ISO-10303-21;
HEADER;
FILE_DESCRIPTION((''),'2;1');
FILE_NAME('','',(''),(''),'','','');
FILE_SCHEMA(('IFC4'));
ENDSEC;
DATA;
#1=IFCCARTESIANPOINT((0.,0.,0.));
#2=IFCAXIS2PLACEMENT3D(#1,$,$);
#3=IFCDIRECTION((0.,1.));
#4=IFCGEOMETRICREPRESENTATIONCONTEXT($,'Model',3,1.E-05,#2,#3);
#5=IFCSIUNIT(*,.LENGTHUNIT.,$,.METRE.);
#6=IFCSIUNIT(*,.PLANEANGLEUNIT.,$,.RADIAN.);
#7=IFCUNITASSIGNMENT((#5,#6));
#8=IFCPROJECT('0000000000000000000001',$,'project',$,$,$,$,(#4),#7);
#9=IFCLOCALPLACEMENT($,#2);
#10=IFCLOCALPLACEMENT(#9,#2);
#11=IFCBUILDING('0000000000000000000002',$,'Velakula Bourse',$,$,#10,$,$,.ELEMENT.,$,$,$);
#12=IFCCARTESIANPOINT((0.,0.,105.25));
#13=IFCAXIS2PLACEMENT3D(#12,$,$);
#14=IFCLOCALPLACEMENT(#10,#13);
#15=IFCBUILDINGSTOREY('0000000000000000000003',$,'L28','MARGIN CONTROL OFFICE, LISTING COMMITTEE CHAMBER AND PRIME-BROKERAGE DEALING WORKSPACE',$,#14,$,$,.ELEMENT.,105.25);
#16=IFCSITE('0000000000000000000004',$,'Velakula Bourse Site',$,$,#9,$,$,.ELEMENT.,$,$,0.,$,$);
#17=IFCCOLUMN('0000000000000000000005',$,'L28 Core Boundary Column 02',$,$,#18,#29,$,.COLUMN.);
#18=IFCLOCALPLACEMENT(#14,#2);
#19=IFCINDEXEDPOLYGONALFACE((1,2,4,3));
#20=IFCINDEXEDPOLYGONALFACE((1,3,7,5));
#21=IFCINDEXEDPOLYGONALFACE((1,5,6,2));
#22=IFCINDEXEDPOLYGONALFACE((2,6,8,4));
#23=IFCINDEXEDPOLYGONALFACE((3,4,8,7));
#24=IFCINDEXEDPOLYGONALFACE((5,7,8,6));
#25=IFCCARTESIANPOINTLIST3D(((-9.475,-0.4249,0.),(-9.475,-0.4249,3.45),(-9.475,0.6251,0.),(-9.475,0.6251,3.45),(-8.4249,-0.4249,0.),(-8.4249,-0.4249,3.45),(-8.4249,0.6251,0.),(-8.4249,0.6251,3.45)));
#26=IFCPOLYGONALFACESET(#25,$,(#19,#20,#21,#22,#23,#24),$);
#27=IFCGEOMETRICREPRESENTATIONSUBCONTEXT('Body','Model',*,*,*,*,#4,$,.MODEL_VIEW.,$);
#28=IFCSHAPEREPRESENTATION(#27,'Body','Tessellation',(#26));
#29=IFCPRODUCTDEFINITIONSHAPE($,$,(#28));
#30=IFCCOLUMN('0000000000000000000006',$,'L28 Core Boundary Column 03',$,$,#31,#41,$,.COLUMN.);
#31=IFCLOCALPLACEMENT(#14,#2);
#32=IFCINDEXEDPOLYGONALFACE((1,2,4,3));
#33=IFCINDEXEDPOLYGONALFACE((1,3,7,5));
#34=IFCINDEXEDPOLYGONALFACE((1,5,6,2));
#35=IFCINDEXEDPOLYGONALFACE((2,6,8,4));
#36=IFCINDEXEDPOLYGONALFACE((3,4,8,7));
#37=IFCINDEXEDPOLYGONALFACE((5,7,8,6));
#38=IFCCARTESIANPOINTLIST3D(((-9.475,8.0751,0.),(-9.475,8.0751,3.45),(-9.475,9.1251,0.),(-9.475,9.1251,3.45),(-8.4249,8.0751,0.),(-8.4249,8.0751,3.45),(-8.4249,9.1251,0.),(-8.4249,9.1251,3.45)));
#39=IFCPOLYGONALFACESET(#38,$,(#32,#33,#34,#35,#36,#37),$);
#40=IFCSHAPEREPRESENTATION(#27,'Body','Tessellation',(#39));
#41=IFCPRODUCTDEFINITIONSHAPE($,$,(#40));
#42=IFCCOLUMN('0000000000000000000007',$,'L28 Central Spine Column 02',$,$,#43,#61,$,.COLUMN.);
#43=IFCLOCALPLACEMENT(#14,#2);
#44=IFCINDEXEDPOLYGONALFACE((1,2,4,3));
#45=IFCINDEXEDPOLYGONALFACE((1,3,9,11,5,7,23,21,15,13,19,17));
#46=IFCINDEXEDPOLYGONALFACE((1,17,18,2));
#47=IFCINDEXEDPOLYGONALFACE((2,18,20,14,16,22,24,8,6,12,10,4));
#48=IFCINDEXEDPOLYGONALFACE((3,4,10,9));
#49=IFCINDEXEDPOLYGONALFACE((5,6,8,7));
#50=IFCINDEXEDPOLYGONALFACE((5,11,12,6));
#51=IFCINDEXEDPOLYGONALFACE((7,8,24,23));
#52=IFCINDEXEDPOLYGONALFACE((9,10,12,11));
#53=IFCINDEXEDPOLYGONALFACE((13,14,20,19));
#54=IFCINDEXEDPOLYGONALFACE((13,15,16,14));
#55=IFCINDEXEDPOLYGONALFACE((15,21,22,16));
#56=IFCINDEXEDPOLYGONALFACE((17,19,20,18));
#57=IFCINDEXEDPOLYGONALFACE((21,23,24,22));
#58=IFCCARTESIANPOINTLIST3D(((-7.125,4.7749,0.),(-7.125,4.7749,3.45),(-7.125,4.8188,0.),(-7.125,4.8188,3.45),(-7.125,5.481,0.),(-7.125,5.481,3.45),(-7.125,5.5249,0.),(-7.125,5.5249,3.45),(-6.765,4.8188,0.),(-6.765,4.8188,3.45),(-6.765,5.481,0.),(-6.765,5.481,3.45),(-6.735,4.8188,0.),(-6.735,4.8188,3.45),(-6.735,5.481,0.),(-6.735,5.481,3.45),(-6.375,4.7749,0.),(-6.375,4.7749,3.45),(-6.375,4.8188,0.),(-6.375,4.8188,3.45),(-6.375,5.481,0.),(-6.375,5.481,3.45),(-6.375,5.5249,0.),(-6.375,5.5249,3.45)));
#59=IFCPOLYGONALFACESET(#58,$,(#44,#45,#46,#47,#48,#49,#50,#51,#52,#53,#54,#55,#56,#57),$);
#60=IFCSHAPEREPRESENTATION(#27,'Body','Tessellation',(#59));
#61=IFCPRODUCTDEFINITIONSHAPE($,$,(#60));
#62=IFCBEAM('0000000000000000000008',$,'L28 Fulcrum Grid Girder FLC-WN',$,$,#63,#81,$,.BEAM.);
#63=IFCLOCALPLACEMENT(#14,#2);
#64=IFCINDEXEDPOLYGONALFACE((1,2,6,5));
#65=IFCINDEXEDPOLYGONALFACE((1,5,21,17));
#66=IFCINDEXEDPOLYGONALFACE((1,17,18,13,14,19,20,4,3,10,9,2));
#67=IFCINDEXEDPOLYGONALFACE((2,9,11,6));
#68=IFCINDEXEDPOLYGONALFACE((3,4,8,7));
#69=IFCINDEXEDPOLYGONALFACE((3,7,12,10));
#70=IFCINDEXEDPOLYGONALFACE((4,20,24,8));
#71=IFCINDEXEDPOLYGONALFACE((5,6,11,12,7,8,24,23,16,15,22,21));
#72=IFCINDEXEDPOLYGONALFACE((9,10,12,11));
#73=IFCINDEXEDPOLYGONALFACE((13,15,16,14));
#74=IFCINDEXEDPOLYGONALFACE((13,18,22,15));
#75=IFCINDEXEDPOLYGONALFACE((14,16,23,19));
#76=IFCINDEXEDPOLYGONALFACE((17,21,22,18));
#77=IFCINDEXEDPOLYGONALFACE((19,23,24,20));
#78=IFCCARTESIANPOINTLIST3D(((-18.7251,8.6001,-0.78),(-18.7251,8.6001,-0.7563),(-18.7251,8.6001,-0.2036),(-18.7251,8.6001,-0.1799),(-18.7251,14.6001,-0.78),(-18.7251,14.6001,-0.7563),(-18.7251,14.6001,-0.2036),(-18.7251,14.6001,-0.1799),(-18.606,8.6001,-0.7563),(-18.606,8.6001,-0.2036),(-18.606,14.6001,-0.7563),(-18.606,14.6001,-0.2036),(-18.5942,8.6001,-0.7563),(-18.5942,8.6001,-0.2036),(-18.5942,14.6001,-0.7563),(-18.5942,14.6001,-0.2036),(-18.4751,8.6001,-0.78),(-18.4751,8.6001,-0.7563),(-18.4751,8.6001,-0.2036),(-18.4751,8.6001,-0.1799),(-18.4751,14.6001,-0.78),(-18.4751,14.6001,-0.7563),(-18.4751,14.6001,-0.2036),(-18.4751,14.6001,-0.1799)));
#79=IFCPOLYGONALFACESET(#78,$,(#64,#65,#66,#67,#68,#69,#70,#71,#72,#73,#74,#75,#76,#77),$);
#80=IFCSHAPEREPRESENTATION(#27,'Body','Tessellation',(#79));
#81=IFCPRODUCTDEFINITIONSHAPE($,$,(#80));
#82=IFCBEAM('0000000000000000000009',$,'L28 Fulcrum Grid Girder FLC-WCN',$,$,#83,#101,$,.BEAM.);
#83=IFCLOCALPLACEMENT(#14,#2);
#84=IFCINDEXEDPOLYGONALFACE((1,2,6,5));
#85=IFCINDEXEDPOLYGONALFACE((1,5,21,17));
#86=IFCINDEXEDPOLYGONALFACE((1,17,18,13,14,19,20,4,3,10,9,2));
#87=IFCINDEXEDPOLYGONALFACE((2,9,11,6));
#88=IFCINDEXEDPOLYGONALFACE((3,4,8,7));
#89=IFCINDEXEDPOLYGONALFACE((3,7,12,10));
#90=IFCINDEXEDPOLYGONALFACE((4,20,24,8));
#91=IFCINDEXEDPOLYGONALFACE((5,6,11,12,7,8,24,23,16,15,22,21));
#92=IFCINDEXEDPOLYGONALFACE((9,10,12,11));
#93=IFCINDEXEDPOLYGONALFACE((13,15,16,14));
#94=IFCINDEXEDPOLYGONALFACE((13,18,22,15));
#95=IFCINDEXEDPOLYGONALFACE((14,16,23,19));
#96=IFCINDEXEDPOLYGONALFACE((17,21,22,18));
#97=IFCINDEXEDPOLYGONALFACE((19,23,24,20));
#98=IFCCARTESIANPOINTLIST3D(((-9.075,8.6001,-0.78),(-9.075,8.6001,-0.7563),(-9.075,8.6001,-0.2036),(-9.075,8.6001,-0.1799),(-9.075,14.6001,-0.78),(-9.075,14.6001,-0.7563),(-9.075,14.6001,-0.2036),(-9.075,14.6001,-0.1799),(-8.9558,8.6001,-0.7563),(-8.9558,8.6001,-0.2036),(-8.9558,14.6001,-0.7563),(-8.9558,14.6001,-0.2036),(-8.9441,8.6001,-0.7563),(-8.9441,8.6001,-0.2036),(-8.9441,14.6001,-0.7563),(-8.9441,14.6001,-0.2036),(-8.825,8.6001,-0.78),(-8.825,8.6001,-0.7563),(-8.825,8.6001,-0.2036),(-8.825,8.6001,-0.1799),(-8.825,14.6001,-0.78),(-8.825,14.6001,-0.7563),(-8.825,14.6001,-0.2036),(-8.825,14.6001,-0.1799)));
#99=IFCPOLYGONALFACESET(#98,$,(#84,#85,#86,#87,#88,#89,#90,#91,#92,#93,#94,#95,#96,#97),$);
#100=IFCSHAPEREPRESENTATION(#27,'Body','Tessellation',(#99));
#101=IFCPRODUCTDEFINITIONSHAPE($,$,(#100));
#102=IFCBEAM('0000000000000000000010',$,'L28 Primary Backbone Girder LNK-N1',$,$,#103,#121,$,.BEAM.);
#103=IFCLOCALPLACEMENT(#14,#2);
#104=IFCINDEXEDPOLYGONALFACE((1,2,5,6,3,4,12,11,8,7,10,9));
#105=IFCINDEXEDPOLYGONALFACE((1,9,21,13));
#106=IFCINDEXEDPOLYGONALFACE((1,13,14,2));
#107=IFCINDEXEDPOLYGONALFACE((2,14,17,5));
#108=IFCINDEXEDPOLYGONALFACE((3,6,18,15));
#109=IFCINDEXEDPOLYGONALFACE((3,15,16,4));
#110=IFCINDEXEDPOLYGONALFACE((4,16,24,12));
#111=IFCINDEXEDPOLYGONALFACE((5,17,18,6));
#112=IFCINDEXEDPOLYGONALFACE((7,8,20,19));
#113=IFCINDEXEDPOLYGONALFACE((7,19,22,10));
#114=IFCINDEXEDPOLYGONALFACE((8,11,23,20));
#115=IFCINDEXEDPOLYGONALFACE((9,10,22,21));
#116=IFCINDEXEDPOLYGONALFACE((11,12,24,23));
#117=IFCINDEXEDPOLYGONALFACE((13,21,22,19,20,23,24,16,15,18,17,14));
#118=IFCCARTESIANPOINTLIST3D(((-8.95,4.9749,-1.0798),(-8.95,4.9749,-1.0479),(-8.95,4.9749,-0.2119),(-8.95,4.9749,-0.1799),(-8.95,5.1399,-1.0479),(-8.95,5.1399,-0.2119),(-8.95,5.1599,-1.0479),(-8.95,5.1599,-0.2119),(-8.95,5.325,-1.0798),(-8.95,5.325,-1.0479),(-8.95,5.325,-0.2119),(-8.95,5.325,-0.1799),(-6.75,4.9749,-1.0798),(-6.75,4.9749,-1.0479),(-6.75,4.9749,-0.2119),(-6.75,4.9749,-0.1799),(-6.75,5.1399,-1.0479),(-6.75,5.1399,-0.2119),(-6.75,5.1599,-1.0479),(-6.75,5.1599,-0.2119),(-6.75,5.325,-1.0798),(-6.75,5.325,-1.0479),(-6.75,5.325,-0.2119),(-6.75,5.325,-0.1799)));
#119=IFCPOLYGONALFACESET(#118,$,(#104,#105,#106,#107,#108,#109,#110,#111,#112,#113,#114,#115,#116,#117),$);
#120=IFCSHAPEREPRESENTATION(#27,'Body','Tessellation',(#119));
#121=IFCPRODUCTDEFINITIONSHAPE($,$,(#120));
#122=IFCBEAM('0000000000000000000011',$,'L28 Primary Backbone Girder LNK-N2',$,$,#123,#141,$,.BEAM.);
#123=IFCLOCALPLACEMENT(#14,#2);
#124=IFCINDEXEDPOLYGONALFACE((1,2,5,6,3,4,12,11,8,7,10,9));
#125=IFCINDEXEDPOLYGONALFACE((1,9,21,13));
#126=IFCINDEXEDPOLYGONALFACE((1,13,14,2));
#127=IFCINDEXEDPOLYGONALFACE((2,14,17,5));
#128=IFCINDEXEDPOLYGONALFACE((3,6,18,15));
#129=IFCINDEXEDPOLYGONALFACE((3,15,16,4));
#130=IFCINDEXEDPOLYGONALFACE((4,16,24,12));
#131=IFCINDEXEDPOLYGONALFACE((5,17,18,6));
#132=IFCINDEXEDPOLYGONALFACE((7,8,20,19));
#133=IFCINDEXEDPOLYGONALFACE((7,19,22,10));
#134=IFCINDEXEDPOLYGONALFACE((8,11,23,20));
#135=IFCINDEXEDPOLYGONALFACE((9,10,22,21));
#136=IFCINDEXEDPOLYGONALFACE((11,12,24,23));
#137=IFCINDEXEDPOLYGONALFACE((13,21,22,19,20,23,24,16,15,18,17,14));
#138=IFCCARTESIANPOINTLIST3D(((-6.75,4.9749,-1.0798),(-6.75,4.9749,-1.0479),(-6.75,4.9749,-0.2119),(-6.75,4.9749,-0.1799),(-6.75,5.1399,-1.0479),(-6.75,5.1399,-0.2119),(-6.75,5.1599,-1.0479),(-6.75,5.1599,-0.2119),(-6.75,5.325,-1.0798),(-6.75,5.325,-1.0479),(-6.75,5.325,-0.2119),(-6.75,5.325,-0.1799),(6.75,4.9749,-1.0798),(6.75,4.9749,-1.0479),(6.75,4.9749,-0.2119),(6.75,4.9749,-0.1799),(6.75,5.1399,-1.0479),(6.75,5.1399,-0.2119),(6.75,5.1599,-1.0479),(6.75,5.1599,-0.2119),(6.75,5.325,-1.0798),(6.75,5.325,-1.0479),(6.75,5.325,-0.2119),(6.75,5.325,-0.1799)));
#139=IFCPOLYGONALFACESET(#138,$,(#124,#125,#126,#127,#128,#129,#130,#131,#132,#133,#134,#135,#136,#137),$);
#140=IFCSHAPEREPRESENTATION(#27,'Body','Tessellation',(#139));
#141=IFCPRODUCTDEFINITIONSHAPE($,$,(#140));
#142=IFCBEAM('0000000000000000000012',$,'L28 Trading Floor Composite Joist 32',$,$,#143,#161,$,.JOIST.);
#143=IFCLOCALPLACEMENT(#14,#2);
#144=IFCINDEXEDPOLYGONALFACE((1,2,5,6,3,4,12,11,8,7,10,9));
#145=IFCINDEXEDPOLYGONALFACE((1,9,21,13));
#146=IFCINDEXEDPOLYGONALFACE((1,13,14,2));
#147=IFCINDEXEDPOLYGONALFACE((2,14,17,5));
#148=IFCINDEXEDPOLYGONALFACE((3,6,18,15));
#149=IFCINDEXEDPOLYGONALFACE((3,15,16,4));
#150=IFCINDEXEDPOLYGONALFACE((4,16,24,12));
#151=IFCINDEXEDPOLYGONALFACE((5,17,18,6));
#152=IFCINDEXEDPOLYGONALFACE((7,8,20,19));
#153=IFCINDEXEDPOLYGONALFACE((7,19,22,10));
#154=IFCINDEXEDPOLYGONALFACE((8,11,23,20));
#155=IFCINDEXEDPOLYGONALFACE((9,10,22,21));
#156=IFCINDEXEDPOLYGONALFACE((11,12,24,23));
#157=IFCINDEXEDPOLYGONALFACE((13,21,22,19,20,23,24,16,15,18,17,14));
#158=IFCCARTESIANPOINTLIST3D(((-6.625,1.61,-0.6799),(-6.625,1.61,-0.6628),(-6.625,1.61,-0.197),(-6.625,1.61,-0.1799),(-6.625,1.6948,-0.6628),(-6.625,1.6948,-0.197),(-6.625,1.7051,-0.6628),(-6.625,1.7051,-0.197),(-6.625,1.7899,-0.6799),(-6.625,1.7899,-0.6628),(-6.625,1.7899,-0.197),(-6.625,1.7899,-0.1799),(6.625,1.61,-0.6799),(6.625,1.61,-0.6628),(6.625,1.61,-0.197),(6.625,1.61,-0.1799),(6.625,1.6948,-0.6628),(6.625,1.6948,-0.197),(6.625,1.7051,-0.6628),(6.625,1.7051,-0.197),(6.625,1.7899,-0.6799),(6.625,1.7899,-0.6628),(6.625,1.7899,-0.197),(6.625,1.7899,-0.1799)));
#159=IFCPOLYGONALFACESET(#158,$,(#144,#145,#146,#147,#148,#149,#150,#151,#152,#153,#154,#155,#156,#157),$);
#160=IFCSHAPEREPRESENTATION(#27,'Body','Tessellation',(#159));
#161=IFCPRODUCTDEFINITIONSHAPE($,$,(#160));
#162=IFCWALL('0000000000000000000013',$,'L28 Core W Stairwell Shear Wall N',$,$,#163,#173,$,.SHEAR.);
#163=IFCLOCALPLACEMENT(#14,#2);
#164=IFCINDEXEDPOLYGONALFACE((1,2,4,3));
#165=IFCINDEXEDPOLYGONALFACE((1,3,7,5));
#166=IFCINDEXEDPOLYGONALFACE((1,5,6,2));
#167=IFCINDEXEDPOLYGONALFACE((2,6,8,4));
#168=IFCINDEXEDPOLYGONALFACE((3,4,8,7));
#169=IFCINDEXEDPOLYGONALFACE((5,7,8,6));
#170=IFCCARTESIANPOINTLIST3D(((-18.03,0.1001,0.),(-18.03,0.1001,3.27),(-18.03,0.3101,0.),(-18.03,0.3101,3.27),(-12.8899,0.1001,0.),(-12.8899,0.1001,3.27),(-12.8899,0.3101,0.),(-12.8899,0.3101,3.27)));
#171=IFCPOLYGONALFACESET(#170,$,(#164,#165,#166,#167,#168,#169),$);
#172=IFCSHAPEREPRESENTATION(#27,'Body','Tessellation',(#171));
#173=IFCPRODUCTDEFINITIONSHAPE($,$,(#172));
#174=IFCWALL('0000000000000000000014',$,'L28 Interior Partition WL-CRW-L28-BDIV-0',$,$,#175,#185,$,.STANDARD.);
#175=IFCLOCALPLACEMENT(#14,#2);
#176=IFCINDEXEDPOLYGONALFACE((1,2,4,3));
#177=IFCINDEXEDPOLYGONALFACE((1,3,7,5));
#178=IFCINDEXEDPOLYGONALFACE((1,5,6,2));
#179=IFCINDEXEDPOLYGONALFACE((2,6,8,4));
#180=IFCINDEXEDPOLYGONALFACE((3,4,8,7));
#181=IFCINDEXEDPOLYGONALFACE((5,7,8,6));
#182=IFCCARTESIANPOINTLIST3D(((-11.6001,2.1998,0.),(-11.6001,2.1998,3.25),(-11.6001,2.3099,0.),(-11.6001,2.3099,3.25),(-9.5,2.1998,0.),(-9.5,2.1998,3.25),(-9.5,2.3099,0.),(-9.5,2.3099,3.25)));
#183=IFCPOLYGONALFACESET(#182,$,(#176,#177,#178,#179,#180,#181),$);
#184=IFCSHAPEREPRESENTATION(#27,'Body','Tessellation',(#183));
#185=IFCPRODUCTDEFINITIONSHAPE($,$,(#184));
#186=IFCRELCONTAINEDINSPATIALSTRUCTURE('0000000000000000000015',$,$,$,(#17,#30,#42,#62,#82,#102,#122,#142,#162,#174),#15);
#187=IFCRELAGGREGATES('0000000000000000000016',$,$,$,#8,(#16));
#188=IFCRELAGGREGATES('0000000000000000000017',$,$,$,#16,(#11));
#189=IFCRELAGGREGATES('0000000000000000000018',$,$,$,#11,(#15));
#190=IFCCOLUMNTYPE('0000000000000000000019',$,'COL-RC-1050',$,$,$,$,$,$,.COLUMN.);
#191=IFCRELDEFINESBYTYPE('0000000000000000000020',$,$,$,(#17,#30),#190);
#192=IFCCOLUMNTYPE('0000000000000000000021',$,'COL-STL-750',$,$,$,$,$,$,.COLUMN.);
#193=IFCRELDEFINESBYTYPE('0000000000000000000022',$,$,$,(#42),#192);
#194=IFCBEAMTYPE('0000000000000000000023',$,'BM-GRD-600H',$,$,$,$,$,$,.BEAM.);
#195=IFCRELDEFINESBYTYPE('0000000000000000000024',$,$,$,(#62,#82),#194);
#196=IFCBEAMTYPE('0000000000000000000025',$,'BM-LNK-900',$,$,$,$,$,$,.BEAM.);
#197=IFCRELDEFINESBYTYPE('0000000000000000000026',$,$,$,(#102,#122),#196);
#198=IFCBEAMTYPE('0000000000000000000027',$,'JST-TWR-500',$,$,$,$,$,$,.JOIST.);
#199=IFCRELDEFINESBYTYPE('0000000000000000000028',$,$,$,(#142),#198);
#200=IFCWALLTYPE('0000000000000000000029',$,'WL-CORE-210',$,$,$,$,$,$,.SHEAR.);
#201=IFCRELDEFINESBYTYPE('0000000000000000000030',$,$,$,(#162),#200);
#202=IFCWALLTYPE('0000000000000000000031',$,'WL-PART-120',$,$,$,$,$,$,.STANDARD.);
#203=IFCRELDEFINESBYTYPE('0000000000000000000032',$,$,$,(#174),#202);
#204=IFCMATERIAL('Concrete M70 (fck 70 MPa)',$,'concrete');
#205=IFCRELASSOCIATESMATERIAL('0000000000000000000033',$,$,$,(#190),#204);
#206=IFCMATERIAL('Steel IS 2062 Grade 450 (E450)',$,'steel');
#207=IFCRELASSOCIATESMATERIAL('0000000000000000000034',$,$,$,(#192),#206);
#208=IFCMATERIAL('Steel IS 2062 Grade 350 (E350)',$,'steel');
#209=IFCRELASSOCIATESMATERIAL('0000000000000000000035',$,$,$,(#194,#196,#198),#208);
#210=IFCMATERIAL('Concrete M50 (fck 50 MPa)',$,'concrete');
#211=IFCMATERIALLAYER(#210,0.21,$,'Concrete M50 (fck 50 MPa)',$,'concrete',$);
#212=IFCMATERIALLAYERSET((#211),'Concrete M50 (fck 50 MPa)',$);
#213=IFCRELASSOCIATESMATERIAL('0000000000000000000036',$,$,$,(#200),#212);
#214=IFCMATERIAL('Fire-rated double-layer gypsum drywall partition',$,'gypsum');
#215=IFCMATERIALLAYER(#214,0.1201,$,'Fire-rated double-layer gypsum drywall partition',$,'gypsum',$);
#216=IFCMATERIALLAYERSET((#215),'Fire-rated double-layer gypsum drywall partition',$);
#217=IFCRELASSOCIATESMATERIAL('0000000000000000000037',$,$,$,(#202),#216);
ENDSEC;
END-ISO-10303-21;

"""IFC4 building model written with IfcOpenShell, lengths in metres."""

from ifc_helpers import new_model, si_unit, direction, frame, frame_2d, origin, origin_2d, place, context, subcontext, project, spatial, rectangle, i_section, extrude, material, layer, layer_set, material_profile, profile_set, type_object, element, save


model = new_model("IFC4")

# Units and contexts
model_context = context("Model", 3, precision=1e-05, world=origin(), true_north=direction((0.0, 1.0)))
body_context = subcontext(model_context, "Body", "Model", "MODEL_VIEW")
ifc_project = project(units=[si_unit("LENGTHUNIT", "METRE"), si_unit("PLANEANGLEUNIT", "RADIAN")], contexts=[model_context])

# Site, building, storey
site_placement = place(None, origin())
site = spatial("IfcSite", under=ifc_project, at=site_placement, Name="Velakula Bourse Site", CompositionType="ELEMENT", RefElevation=0.0)
building_placement = place(site_placement, origin())
building = spatial("IfcBuilding", under=site, at=building_placement, Name="Velakula Bourse", CompositionType="ELEMENT")
storey_placement = place(building_placement, frame((0.0, 0.0, 105.25)))
storey = spatial("IfcBuildingStorey", under=building, at=storey_placement, Name="L28", Description="MARGIN CONTROL OFFICE, LISTING COMMITTEE CHAMBER AND PRIME-BROKERAGE DEALING WORKSPACE", CompositionType="ELEMENT", Elevation=105.25)

# Columns
ifc_material_1 = material(Name="Concrete M70 (fck 70 MPa)", Category="concrete")
ifc_material_profile_1 = material_profile(ifc_material_1, rectangle(XDim=1.05, YDim=1.05, at=origin_2d()), Name="Concrete M70 (fck 70 MPa)")
ifc_profile_set_1 = profile_set([ifc_material_profile_1], Name="Concrete M70 (fck 70 MPa)")
column_type_1 = type_object("IfcColumnType", Name="COL-RC-1050", PredefinedType="COLUMN", material=ifc_profile_set_1)
for number, where, z_axis, x_axis, name in (
    (1, (-8.95, 0.1001, 0.0), (0.0, 0.0, 1.0), (1.0, 0.0, 0.0), "L28 Core Boundary Column 02"),
    (2, (-8.95, 8.6001, 0.0), (0.0, 0.0, 1.0), (1.0, 0.0, 0.0), "L28 Core Boundary Column 03"),
):
    element("IfcColumn", number, at=place(storey_placement, frame(where, z_axis=z_axis, x_axis=x_axis)), inside=storey, type_object=column_type_1, Name=name, PredefinedType="COLUMN", context=body_context, shape_type="SweptSolid", body=[
        extrude(rectangle(XDim=1.05, YDim=1.05, at=origin_2d()), origin(), (0.0, 0.0, 1.0), 3.45),
    ])
ifc_material_2 = material(Name="Steel IS 2062 Grade 450 (E450)", Category="steel")
ifc_material_profile_2 = material_profile(ifc_material_2, i_section(OverallWidth=0.75, OverallDepth=0.75, WebThickness=0.03, FlangeThickness=0.0439, at=origin_2d()), Name="Steel IS 2062 Grade 450 (E450)")
ifc_profile_set_2 = profile_set([ifc_material_profile_2], Name="Steel IS 2062 Grade 450 (E450)")
column_type_2 = type_object("IfcColumnType", Name="COL-STL-750", PredefinedType="COLUMN", material=ifc_profile_set_2)
column_placement = place(storey_placement, frame((-6.75, 5.1499, 0.0), z_axis=(0.0, 0.0, 1.0), x_axis=(1.0, 0.0, 0.0)))
element("IfcColumn", 3, at=column_placement, inside=storey, type_object=column_type_2, Name="L28 Central Spine Column 02", PredefinedType="COLUMN", context=body_context, shape_type="SweptSolid", body=[
    extrude(i_section(OverallWidth=0.75, OverallDepth=0.75, WebThickness=0.03, FlangeThickness=0.0439, at=origin_2d()), origin(), (0.0, 0.0, 1.0), 3.45),
])

# Beams
ifc_material_3 = material(Name="Steel IS 2062 Grade 350 (E350)", Category="steel")
ifc_material_profile_3 = material_profile(ifc_material_3, i_section(OverallWidth=0.25, OverallDepth=0.6001, WebThickness=0.0117, FlangeThickness=0.0237, at=origin_2d()), Name="Steel IS 2062 Grade 350 (E350)")
ifc_profile_set_3 = profile_set([ifc_material_profile_3], Name="Steel IS 2062 Grade 350 (E350)")
beam_type_1 = type_object("IfcBeamType", Name="BM-GRD-600H", PredefinedType="BEAM", material=ifc_profile_set_3)
for number, where, z_axis, x_axis, name in (
    (4, (-18.6001, 8.6001, -0.48), (0.0, 1.0, 0.0), (-1.0, 0.0, 0.0), "L28 Fulcrum Grid Girder FLC-WN"),
    (5, (-8.95, 8.6001, -0.48), (0.0, 1.0, 0.0), (-1.0, 0.0, 0.0), "L28 Fulcrum Grid Girder FLC-WCN"),
):
    element("IfcBeam", number, at=place(storey_placement, frame(where, z_axis=z_axis, x_axis=x_axis)), inside=storey, type_object=beam_type_1, Name=name, PredefinedType="BEAM", context=body_context, shape_type="SweptSolid", body=[
        extrude(i_section(OverallWidth=0.25, OverallDepth=0.6001, WebThickness=0.0117, FlangeThickness=0.0237, at=origin_2d()), origin(), (0.0, 0.0, 1.0), 6.0),
    ])
ifc_material_profile_4 = material_profile(ifc_material_3, i_section(OverallWidth=0.3501, OverallDepth=0.8999, WebThickness=0.02, FlangeThickness=0.032, at=origin_2d()), Name="Steel IS 2062 Grade 350 (E350)")
ifc_profile_set_4 = profile_set([ifc_material_profile_4], Name="Steel IS 2062 Grade 350 (E350)")
beam_type_2 = type_object("IfcBeamType", Name="BM-LNK-900", PredefinedType="BEAM", material=ifc_profile_set_4)
beam_1_placement = place(storey_placement, frame((-8.95, 5.1499, -0.6299), z_axis=(1.0, 0.0, 0.0), x_axis=(0.0, 1.0, 0.0)))
element("IfcBeam", 6, at=beam_1_placement, inside=storey, type_object=beam_type_2, Name="L28 Primary Backbone Girder LNK-N1", PredefinedType="BEAM", context=body_context, shape_type="SweptSolid", body=[
    extrude(i_section(OverallWidth=0.3501, OverallDepth=0.8999, WebThickness=0.02, FlangeThickness=0.032, at=origin_2d()), origin(), (0.0, 0.0, 1.0), 2.2),
])
beam_2_placement = place(storey_placement, frame((-6.75, 5.1499, -0.6299), z_axis=(1.0, 0.0, 0.0), x_axis=(0.0, 1.0, 0.0)))
element("IfcBeam", 7, at=beam_2_placement, inside=storey, type_object=beam_type_2, Name="L28 Primary Backbone Girder LNK-N2", PredefinedType="BEAM", context=body_context, shape_type="SweptSolid", body=[
    extrude(i_section(OverallWidth=0.3501, OverallDepth=0.8999, WebThickness=0.02, FlangeThickness=0.032, at=origin_2d()), origin(), (0.0, 0.0, 1.0), 13.5),
])
ifc_material_profile_5 = material_profile(ifc_material_3, i_section(OverallWidth=0.1799, OverallDepth=0.5, WebThickness=0.0103, FlangeThickness=0.0171, at=origin_2d()), Name="Steel IS 2062 Grade 350 (E350)")
ifc_profile_set_5 = profile_set([ifc_material_profile_5], Name="Steel IS 2062 Grade 350 (E350)")
beam_type_3 = type_object("IfcBeamType", Name="JST-TWR-500", PredefinedType="JOIST", material=ifc_profile_set_5)
beam_3_placement = place(storey_placement, frame((-6.625, 1.7, -0.4299), z_axis=(1.0, 0.0, 0.0), x_axis=(0.0, 1.0, 0.0)))
element("IfcBeam", 8, at=beam_3_placement, inside=storey, type_object=beam_type_3, Name="L28 Trading Floor Composite Joist 32", PredefinedType="JOIST", context=body_context, shape_type="SweptSolid", body=[
    extrude(i_section(OverallWidth=0.1799, OverallDepth=0.5, WebThickness=0.0103, FlangeThickness=0.0171, at=origin_2d()), origin(), (0.0, 0.0, 1.0), 13.25),
])

# Walls
ifc_material_4 = material(Name="Concrete M50 (fck 50 MPa)", Category="concrete")
ifc_layer_1 = layer(ifc_material_4, 0.21, Name="Concrete M50 (fck 50 MPa)", Category="concrete")
ifc_layer_set_1 = layer_set([ifc_layer_1], Name="Concrete M50 (fck 50 MPa)")
wall_type_1 = type_object("IfcWallType", Name="WL-CORE-210", PredefinedType="SHEAR", material=ifc_layer_set_1)
wall_1_placement = place(storey_placement, frame((-12.8899, 0.2051, 0.0), z_axis=(0.0, 0.0, 1.0), x_axis=(-1.0, 0.0, 0.0)))
element("IfcWall", 9, at=wall_1_placement, inside=storey, type_object=wall_type_1, Name="L28 Core W Stairwell Shear Wall N", PredefinedType="SHEAR", context=body_context, shape_type="SweptSolid", body=[
    extrude(rectangle(XDim=5.1401, YDim=0.21, at=frame_2d((2.5701, 0.0))), origin(), (0.0, 0.0, 1.0), 3.27),
])
ifc_material_5 = material(Name="Fire-rated double-layer gypsum drywall partition", Category="gypsum")
ifc_layer_2 = layer(ifc_material_5, 0.1201, Name="Fire-rated double-layer gypsum drywall partition", Category="gypsum")
ifc_layer_set_2 = layer_set([ifc_layer_2], Name="Fire-rated double-layer gypsum drywall partition")
wall_type_2 = type_object("IfcWallType", Name="WL-PART-120", PredefinedType="STANDARD", material=ifc_layer_set_2)
for number, where, z_axis, x_axis, name in (
    (10, (-11.6001, 2.2549, 0.0), (0.0, 0.0, 1.0), (1.0, 0.0, 0.0), "L28 Interior Partition WL-CRW-L28-BDIV-0"),
):
    element("IfcWall", number, at=place(storey_placement, frame(where, z_axis=z_axis, x_axis=x_axis)), inside=storey, type_object=wall_type_2, Name=name, PredefinedType="STANDARD", context=body_context, shape_type="SweptSolid", body=[
        extrude(rectangle(XDim=2.1001, YDim=0.1101, at=frame_2d((1.05, 0.0))), origin(), (0.0, 0.0, 1.0), 3.25),
    ])

save(model, "model.ifc")
